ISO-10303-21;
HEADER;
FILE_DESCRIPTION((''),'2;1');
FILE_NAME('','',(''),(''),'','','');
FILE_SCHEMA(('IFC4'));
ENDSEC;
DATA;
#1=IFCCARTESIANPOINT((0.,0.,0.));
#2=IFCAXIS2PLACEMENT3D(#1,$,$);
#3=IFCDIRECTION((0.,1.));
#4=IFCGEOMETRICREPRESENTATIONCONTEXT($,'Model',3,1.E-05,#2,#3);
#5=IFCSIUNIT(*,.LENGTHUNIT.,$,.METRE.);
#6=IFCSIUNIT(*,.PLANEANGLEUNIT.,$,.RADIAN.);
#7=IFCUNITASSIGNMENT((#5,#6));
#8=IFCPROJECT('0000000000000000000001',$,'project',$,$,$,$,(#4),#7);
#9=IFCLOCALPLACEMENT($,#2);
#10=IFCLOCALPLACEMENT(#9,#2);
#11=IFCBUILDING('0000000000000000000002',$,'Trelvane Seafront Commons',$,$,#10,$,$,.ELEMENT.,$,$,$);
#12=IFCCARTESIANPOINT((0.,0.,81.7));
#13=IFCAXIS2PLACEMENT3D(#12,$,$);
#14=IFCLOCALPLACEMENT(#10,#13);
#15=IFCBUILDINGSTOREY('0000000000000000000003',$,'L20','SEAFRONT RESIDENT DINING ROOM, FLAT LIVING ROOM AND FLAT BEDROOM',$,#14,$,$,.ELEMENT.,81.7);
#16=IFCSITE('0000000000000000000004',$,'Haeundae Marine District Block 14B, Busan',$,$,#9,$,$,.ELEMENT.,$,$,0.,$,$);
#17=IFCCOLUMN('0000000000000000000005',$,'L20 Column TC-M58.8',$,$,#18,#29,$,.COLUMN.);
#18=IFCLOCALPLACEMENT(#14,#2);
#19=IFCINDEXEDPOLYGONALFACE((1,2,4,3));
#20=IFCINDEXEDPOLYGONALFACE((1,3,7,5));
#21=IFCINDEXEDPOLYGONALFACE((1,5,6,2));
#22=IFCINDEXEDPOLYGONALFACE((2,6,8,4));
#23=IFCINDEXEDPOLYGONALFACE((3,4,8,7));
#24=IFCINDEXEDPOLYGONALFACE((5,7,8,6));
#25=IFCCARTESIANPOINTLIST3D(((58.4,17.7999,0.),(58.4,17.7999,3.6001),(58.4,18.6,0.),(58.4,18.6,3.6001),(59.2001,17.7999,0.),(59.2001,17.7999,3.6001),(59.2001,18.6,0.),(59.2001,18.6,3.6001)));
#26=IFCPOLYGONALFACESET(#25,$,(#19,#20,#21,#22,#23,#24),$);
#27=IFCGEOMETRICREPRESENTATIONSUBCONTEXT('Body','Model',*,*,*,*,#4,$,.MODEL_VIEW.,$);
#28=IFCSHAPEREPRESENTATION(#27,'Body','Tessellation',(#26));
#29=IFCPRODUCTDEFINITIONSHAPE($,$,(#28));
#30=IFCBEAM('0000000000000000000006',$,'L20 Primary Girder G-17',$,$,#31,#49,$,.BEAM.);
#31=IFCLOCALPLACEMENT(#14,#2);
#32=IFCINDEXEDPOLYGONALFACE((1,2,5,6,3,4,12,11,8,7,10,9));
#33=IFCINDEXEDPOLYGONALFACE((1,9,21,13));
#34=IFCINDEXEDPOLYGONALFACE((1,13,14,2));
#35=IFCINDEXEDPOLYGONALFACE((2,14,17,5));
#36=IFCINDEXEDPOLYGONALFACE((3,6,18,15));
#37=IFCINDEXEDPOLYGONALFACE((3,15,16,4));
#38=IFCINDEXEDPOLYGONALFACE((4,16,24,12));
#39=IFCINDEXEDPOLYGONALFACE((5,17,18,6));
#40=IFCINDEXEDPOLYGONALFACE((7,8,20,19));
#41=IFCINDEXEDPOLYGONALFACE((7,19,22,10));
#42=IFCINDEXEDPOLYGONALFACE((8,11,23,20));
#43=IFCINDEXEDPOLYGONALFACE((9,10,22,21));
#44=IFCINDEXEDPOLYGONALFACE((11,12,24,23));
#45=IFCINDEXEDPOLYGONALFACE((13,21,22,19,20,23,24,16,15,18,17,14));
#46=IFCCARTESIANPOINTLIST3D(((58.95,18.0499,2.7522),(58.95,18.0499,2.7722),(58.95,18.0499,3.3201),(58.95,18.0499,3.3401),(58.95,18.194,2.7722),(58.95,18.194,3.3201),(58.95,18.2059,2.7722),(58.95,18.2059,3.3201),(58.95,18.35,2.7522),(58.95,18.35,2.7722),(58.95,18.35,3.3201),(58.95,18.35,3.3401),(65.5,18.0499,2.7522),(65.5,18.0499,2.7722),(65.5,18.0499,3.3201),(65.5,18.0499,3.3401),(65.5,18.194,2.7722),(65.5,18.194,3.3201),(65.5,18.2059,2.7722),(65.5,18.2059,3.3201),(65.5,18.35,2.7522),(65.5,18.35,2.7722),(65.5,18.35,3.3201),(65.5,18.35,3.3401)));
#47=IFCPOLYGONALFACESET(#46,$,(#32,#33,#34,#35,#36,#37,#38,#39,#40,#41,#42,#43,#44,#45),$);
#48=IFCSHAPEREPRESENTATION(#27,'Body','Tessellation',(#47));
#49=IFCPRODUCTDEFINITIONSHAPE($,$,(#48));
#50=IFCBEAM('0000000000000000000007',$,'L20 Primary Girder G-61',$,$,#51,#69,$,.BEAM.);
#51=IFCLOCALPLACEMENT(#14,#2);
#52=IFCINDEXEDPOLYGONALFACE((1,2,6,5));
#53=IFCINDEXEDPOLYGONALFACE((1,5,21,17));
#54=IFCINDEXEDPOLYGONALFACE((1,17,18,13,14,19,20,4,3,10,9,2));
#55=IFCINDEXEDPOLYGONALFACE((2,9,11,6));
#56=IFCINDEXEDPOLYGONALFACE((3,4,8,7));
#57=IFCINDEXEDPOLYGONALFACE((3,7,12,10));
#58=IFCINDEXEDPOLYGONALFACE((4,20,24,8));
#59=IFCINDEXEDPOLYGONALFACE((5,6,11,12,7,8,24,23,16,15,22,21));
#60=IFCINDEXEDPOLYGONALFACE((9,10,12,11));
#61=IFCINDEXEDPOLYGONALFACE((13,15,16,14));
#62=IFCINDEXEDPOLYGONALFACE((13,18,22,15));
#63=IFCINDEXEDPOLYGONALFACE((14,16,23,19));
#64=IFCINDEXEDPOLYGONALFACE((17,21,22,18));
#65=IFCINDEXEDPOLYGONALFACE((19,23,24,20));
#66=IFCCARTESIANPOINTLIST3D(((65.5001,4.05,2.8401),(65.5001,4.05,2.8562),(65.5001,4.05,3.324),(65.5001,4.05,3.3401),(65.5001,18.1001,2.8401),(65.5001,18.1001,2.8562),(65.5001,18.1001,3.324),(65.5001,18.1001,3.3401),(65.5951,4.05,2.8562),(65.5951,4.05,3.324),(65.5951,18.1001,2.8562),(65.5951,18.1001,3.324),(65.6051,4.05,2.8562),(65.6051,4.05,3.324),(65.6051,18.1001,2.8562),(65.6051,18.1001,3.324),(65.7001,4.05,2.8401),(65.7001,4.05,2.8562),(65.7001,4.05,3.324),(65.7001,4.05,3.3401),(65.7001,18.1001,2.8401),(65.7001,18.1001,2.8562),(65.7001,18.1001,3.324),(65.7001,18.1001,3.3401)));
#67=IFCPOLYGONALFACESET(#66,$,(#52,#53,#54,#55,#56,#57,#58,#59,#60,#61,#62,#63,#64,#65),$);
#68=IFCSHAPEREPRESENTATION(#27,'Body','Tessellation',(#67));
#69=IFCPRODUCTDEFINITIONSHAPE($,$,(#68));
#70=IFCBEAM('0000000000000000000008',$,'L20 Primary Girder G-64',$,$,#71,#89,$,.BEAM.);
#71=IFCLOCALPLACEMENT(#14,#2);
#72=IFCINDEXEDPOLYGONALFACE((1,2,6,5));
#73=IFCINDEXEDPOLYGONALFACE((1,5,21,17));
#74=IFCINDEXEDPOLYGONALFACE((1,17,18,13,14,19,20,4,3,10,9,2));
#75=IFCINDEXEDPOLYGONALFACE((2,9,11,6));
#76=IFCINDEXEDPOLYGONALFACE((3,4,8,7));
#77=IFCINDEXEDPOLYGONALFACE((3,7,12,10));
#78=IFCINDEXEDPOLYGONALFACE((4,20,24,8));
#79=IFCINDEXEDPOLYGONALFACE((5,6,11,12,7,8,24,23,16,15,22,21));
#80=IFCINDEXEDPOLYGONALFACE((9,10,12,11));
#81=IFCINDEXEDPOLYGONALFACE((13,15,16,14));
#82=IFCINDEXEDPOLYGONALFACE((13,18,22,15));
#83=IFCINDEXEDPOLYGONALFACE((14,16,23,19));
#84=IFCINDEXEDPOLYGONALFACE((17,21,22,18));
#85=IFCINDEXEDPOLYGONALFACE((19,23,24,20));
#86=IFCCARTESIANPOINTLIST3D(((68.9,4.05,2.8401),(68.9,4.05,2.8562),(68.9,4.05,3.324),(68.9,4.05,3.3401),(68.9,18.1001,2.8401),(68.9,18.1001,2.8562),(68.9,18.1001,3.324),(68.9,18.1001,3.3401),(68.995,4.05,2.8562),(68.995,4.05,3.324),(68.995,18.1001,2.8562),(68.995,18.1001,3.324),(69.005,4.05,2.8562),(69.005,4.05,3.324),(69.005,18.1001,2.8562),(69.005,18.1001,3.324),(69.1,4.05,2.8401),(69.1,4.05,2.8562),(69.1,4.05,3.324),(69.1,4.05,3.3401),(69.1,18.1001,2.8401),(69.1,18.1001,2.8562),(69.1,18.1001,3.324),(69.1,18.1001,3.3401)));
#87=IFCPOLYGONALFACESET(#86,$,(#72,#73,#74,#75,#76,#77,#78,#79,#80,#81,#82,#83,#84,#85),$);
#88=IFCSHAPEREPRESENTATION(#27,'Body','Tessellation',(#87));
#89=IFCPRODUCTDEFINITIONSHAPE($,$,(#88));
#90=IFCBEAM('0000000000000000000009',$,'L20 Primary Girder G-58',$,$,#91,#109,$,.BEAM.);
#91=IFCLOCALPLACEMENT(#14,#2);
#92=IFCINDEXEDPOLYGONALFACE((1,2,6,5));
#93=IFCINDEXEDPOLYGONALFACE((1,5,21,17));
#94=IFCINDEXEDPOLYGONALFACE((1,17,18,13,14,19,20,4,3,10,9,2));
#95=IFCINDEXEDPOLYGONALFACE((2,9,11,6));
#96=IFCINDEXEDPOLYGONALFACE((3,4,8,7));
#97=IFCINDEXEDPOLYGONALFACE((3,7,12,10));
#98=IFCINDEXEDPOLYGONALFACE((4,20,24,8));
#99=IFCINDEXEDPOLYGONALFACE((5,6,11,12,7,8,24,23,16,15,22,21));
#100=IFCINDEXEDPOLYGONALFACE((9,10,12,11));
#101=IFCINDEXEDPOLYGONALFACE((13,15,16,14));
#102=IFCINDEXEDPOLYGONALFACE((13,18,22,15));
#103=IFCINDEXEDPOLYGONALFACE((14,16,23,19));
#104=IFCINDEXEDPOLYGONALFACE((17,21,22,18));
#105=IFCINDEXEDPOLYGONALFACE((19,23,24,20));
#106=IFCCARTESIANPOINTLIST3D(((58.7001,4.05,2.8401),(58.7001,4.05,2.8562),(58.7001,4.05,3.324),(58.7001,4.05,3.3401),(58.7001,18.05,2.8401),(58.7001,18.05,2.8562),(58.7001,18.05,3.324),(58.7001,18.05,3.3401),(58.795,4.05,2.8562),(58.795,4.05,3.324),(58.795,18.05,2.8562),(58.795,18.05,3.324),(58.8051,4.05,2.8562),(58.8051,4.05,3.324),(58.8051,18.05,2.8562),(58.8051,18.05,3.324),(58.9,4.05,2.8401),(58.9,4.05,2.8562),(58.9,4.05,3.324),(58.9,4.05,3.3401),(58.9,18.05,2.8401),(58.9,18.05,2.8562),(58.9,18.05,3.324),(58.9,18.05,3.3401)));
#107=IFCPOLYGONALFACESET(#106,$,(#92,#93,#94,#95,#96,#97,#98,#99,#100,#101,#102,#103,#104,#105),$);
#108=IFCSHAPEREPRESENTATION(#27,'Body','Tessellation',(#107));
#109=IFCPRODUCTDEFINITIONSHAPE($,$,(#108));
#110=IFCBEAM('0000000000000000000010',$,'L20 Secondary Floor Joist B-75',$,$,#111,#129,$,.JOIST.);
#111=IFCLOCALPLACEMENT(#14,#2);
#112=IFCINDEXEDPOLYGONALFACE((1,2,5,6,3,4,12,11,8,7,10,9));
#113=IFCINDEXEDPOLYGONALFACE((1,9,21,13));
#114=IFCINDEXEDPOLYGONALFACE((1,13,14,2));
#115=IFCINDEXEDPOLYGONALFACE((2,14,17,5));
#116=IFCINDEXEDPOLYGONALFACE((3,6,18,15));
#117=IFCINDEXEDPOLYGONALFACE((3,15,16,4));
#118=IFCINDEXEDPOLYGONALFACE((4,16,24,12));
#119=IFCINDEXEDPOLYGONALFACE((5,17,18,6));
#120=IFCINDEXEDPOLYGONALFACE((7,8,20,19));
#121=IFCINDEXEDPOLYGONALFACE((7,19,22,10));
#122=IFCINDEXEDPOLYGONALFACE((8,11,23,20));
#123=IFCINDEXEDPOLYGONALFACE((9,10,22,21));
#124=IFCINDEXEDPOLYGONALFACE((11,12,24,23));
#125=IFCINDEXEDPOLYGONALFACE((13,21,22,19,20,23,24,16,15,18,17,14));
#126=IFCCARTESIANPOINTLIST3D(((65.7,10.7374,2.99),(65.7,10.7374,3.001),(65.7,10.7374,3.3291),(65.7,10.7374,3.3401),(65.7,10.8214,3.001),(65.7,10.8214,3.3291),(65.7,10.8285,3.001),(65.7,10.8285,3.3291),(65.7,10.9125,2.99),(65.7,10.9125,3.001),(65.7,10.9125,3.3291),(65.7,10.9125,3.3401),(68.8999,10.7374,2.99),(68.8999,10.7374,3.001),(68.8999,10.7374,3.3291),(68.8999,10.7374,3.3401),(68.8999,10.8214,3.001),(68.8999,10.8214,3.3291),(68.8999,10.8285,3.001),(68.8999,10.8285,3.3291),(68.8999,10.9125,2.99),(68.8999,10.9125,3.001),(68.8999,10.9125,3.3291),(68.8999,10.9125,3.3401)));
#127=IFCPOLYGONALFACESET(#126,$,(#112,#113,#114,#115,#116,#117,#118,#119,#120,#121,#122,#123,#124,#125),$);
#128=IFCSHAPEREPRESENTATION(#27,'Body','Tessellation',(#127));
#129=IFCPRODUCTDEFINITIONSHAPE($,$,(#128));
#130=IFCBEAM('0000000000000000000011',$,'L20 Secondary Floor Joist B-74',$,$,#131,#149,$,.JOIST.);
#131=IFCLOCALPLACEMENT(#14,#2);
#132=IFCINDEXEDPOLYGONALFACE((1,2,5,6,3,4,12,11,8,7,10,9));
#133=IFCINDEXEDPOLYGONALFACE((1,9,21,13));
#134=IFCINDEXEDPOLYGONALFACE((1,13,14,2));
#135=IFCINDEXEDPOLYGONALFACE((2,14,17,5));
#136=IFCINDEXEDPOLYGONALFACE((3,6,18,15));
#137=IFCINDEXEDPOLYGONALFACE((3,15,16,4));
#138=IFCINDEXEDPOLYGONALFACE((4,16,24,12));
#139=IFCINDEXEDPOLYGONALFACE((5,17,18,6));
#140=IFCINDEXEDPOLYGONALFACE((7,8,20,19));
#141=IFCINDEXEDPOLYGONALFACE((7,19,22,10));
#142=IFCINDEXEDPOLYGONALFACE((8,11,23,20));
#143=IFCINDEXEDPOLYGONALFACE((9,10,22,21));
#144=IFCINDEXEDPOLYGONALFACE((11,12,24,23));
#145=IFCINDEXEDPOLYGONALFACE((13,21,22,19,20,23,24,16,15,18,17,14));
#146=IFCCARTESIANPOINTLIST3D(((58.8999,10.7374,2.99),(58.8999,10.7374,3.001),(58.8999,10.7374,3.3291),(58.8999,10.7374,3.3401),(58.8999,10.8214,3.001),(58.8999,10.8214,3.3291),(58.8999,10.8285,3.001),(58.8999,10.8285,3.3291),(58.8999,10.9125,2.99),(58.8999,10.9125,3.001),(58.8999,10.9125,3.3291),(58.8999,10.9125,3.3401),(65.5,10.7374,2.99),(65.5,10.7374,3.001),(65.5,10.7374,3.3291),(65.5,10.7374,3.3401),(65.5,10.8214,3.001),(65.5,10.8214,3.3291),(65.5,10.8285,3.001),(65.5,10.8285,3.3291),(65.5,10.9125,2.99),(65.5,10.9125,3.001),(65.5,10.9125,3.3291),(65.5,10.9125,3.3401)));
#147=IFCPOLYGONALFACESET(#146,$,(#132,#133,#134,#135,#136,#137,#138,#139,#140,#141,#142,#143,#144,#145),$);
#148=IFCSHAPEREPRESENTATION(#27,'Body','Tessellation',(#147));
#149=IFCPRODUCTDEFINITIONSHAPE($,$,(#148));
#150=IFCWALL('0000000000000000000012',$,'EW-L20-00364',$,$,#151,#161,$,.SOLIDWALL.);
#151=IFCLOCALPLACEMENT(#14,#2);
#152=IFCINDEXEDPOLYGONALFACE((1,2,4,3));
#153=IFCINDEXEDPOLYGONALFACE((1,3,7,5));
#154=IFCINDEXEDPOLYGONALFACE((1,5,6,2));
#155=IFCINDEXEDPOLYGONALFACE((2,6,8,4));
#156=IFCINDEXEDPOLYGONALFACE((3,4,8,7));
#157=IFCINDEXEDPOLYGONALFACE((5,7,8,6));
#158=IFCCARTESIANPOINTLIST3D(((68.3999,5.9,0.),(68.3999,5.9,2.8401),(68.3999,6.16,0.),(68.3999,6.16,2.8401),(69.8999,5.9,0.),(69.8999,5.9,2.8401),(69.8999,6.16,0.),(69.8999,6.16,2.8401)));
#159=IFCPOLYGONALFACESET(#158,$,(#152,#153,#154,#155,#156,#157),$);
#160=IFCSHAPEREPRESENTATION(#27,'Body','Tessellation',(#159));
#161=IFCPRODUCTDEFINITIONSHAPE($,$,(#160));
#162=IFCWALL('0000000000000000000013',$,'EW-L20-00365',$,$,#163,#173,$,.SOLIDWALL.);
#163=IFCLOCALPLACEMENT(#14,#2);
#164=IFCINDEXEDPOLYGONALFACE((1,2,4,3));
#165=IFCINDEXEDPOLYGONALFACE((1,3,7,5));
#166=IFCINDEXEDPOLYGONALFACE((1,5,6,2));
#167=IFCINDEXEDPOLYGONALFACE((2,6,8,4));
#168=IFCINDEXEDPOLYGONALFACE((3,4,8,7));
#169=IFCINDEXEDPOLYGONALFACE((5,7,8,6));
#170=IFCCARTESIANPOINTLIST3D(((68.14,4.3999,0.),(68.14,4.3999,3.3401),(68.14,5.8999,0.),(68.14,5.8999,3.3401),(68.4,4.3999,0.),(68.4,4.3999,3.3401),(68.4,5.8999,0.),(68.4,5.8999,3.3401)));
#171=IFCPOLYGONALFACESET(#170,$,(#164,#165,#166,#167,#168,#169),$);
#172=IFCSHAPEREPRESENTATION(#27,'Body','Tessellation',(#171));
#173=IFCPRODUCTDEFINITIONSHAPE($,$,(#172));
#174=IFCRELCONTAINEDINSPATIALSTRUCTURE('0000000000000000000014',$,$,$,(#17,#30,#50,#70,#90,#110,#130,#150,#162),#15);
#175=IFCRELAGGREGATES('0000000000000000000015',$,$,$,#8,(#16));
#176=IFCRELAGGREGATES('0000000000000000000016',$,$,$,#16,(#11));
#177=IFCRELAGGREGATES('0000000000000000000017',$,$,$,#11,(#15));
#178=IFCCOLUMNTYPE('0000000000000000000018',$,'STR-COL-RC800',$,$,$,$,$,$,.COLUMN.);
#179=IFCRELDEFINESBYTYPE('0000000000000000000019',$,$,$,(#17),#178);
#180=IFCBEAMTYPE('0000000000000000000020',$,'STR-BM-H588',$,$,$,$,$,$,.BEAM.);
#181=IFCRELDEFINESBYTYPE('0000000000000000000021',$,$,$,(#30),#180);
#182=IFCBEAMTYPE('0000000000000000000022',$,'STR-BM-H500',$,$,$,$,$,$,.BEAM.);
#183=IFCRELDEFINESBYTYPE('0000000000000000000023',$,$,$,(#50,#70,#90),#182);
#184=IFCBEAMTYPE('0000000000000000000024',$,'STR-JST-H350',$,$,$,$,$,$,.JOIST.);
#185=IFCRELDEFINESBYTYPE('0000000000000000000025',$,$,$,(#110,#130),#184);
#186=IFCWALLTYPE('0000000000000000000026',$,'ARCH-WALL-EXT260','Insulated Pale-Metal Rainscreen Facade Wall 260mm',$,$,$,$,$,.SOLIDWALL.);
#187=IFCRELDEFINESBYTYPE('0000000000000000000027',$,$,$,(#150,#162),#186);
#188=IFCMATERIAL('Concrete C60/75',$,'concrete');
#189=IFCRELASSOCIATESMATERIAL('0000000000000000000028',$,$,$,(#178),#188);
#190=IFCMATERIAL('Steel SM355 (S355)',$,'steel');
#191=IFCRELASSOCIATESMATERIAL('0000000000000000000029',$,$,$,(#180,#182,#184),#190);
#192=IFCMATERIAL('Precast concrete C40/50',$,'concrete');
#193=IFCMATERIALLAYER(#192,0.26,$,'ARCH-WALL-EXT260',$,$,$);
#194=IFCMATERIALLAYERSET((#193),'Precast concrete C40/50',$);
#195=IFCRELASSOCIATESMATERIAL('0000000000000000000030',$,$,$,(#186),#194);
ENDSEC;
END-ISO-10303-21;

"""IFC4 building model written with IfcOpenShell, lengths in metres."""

from ifc_helpers import new_model, si_unit, direction, frame, frame_2d, origin, origin_2d, place, context, subcontext, project, spatial, rectangle, i_section, extrude, source, transform, mapped, material, layer, layer_set, material_profile, profile_set, type_object, element, save


model = new_model("IFC4")

# Units and contexts
model_context = context("Model", 3, precision=1e-05, world=origin(), true_north=direction((0.0, 1.0)))
body_context = subcontext(model_context, "Body", "Model", "MODEL_VIEW")
ifc_project = project(units=[si_unit("LENGTHUNIT", "METRE"), si_unit("PLANEANGLEUNIT", "RADIAN")], contexts=[model_context])

# Site, building, storey
site_placement = place(None, origin())
site = spatial("IfcSite", under=ifc_project, at=site_placement, Name="Haeundae Marine District Block 14B, Busan", CompositionType="ELEMENT", RefElevation=0.0)
building_placement = place(site_placement, origin())
building = spatial("IfcBuilding", under=site, at=building_placement, Name="Trelvane Seafront Commons", CompositionType="ELEMENT")
storey_placement = place(building_placement, frame((0.0, 0.0, 81.7)))
storey = spatial("IfcBuildingStorey", under=building, at=storey_placement, Name="L20", Description="SEAFRONT RESIDENT DINING ROOM, FLAT LIVING ROOM AND FLAT BEDROOM", CompositionType="ELEMENT", Elevation=81.7)

# Column
ifc_material_1 = material(Name="Concrete C60/75", Category="concrete")
ifc_material_profile_1 = material_profile(ifc_material_1, rectangle(XDim=0.8, YDim=0.8, at=origin_2d()), Name="RC-800x800")
ifc_profile_set_1 = profile_set([ifc_material_profile_1], Name="Concrete C60/75")
column_type = type_object("IfcColumnType", Name="STR-COL-RC800", PredefinedType="COLUMN", material=ifc_profile_set_1)
shared_shape_1 = source(origin(), body_context, "Body", "SweptSolid", [
    extrude(rectangle(XDim=0.8, YDim=0.8, at=origin_2d()), origin(), (0.0, 0.0, 1.0), 3.6001),
])
column_placement = place(storey_placement, frame((58.8, 18.2, 0.0), z_axis=(0.0, 0.0, 1.0), x_axis=(1.0, 0.0, 0.0)))
element("IfcColumn", 1, at=column_placement, inside=storey, type_object=column_type, Name="L20 Column TC-M58.8", PredefinedType="COLUMN", context=body_context, shape_type="MappedRepresentation", body=[
    mapped(shared_shape_1, transform((0.0, 0.0, 0.0), x_axis=(1.0, 0.0, 0.0), y_axis=(0.0, 1.0, 0.0), z_axis=(0.0, 0.0, 1.0), scale=1.0)),
])

# Beams
ifc_material_2 = material(Name="Steel SM355 (S355)", Category="steel")
ifc_material_profile_2 = material_profile(ifc_material_2, i_section(OverallWidth=0.3, OverallDepth=0.5879, WebThickness=0.012, FlangeThickness=0.02, at=origin_2d()), Name="H-588x300x12x20")
ifc_profile_set_2 = profile_set([ifc_material_profile_2], Name="Steel SM355 (S355)")
beam_type_1 = type_object("IfcBeamType", Name="STR-BM-H588", PredefinedType="BEAM", material=ifc_profile_set_2)
shared_shape_2 = source(origin(), body_context, "Body", "SweptSolid", [
    extrude(i_section(OverallWidth=0.3, OverallDepth=0.5879, WebThickness=0.012, FlangeThickness=0.02, at=origin_2d()), origin(), (0.0, 0.0, 1.0), 6.55),
])
beam_1_placement = place(storey_placement, frame((58.95, 18.2, 3.0461), z_axis=(1.0, 0.0, 0.0), x_axis=(0.0, 1.0, 0.0)))
element("IfcBeam", 2, at=beam_1_placement, inside=storey, type_object=beam_type_1, Name="L20 Primary Girder G-17", PredefinedType="BEAM", context=body_context, shape_type="MappedRepresentation", body=[
    mapped(shared_shape_2, transform((0.0, 0.0, 0.0), x_axis=(1.0, 0.0, 0.0), y_axis=(0.0, 1.0, 0.0), z_axis=(0.0, 0.0, 1.0), scale=1.0)),
])
ifc_material_profile_3 = material_profile(ifc_material_2, i_section(OverallWidth=0.2, OverallDepth=0.5, WebThickness=0.01, FlangeThickness=0.0161, at=origin_2d()), Name="H-500x200x10x16")
ifc_profile_set_3 = profile_set([ifc_material_profile_3], Name="Steel SM355 (S355)")
beam_type_2 = type_object("IfcBeamType", Name="STR-BM-H500", PredefinedType="BEAM", material=ifc_profile_set_3)
shared_shape_3 = source(origin(), body_context, "Body", "SweptSolid", [
    extrude(i_section(OverallWidth=0.2, OverallDepth=0.5, WebThickness=0.01, FlangeThickness=0.0161, at=origin_2d()), origin(), (0.0, 0.0, 1.0), 14.05),
])
for number, where, z_axis, x_axis, name in (
    (3, (65.6001, 4.05, 3.0901), (0.0, 1.0, 0.0), (-1.0, 0.0, 0.0), "L20 Primary Girder G-61"),
    (4, (69.0, 4.05, 3.0901), (0.0, 1.0, 0.0), (-1.0, 0.0, 0.0), "L20 Primary Girder G-64"),
):
    element("IfcBeam", number, at=place(storey_placement, frame(where, z_axis=z_axis, x_axis=x_axis)), inside=storey, type_object=beam_type_2, Name=name, PredefinedType="BEAM", context=body_context, shape_type="MappedRepresentation", body=[
        mapped(shared_shape_3, transform((0.0, 0.0, 0.0), x_axis=(1.0, 0.0, 0.0), y_axis=(0.0, 1.0, 0.0), z_axis=(0.0, 0.0, 1.0), scale=1.0)),
    ])
shared_shape_4 = source(origin(), body_context, "Body", "SweptSolid", [
    extrude(i_section(OverallWidth=0.2, OverallDepth=0.5, WebThickness=0.01, FlangeThickness=0.0161, at=origin_2d()), origin(), (0.0, 0.0, 1.0), 14.0),
])
beam_2_placement = place(storey_placement, frame((58.8, 4.05, 3.0901), z_axis=(0.0, 1.0, 0.0), x_axis=(-1.0, 0.0, 0.0)))
element("IfcBeam", 5, at=beam_2_placement, inside=storey, type_object=beam_type_2, Name="L20 Primary Girder G-58", PredefinedType="BEAM", context=body_context, shape_type="MappedRepresentation", body=[
    mapped(shared_shape_4, transform((0.0, 0.0, 0.0), x_axis=(1.0, 0.0, 0.0), y_axis=(0.0, 1.0, 0.0), z_axis=(0.0, 0.0, 1.0), scale=1.0)),
])
ifc_material_profile_4 = material_profile(ifc_material_2, i_section(OverallWidth=0.175, OverallDepth=0.3501, WebThickness=0.0071, FlangeThickness=0.011, at=origin_2d()), Name="H-350x175x7x11")
ifc_profile_set_4 = profile_set([ifc_material_profile_4], Name="Steel SM355 (S355)")
beam_type_3 = type_object("IfcBeamType", Name="STR-JST-H350", PredefinedType="JOIST", material=ifc_profile_set_4)
shared_shape_5 = source(origin(), body_context, "Body", "SweptSolid", [
    extrude(i_section(OverallWidth=0.175, OverallDepth=0.3501, WebThickness=0.0071, FlangeThickness=0.011, at=origin_2d()), origin(), (0.0, 0.0, 1.0), 3.2),
])
beam_3_placement = place(storey_placement, frame((65.7, 10.825, 3.165), z_axis=(1.0, 0.0, 0.0), x_axis=(0.0, 1.0, 0.0)))
element("IfcBeam", 6, at=beam_3_placement, inside=storey, type_object=beam_type_3, Name="L20 Secondary Floor Joist B-75", PredefinedType="JOIST", context=body_context, shape_type="MappedRepresentation", body=[
    mapped(shared_shape_5, transform((0.0, 0.0, 0.0), x_axis=(1.0, 0.0, 0.0), y_axis=(0.0, 1.0, 0.0), z_axis=(0.0, 0.0, 1.0), scale=1.0)),
])
shared_shape_6 = source(origin(), body_context, "Body", "SweptSolid", [
    extrude(i_section(OverallWidth=0.175, OverallDepth=0.3501, WebThickness=0.0071, FlangeThickness=0.011, at=origin_2d()), origin(), (0.0, 0.0, 1.0), 6.6001),
])
beam_4_placement = place(storey_placement, frame((58.8999, 10.825, 3.165), z_axis=(1.0, 0.0, 0.0), x_axis=(0.0, 1.0, 0.0)))
element("IfcBeam", 7, at=beam_4_placement, inside=storey, type_object=beam_type_3, Name="L20 Secondary Floor Joist B-74", PredefinedType="JOIST", context=body_context, shape_type="MappedRepresentation", body=[
    mapped(shared_shape_6, transform((0.0, 0.0, 0.0), x_axis=(1.0, 0.0, 0.0), y_axis=(0.0, 1.0, 0.0), z_axis=(0.0, 0.0, 1.0), scale=1.0)),
])

# Walls
ifc_material_3 = material(Name="Precast concrete C40/50", Category="concrete")
ifc_layer_1 = layer(ifc_material_3, 0.26, Name="ARCH-WALL-EXT260")
ifc_layer_set_1 = layer_set([ifc_layer_1], Name="Precast concrete C40/50")
wall_type_1 = type_object("IfcWallType", Name="ARCH-WALL-EXT260", Description="Insulated Pale-Metal Rainscreen Facade Wall 260mm", PredefinedType="SOLIDWALL", material=ifc_layer_set_1)
wall_1_placement = place(storey_placement, frame((69.8999, 6.03, 0.0), z_axis=(0.0, 0.0, 1.0), x_axis=(-1.0, 0.0, 0.0)))
element("IfcWall", 8, at=wall_1_placement, inside=storey, type_object=wall_type_1, Name="EW-L20-00364", PredefinedType="SOLIDWALL", context=body_context, shape_type="SweptSolid", body=[
    extrude(rectangle(XDim=1.5, YDim=0.26, at=frame_2d((0.75, 0.0))), origin(), (0.0, 0.0, 1.0), 2.8401),
])
for number, where, z_axis, x_axis, name in (
    (9, (68.27, 5.8999, 0.0), (0.0, 0.0, 1.0), (0.0, -1.0, 0.0), "EW-L20-00365"),
):
    element("IfcWall", number, at=place(storey_placement, frame(where, z_axis=z_axis, x_axis=x_axis)), inside=storey, type_object=wall_type_1, Name=name, PredefinedType="SOLIDWALL", context=body_context, shape_type="SweptSolid", body=[
        extrude(rectangle(XDim=1.5, YDim=0.26, at=frame_2d((0.75, 0.0))), origin(), (0.0, 0.0, 1.0), 3.3401),
    ])

save(model, "model.ifc")
